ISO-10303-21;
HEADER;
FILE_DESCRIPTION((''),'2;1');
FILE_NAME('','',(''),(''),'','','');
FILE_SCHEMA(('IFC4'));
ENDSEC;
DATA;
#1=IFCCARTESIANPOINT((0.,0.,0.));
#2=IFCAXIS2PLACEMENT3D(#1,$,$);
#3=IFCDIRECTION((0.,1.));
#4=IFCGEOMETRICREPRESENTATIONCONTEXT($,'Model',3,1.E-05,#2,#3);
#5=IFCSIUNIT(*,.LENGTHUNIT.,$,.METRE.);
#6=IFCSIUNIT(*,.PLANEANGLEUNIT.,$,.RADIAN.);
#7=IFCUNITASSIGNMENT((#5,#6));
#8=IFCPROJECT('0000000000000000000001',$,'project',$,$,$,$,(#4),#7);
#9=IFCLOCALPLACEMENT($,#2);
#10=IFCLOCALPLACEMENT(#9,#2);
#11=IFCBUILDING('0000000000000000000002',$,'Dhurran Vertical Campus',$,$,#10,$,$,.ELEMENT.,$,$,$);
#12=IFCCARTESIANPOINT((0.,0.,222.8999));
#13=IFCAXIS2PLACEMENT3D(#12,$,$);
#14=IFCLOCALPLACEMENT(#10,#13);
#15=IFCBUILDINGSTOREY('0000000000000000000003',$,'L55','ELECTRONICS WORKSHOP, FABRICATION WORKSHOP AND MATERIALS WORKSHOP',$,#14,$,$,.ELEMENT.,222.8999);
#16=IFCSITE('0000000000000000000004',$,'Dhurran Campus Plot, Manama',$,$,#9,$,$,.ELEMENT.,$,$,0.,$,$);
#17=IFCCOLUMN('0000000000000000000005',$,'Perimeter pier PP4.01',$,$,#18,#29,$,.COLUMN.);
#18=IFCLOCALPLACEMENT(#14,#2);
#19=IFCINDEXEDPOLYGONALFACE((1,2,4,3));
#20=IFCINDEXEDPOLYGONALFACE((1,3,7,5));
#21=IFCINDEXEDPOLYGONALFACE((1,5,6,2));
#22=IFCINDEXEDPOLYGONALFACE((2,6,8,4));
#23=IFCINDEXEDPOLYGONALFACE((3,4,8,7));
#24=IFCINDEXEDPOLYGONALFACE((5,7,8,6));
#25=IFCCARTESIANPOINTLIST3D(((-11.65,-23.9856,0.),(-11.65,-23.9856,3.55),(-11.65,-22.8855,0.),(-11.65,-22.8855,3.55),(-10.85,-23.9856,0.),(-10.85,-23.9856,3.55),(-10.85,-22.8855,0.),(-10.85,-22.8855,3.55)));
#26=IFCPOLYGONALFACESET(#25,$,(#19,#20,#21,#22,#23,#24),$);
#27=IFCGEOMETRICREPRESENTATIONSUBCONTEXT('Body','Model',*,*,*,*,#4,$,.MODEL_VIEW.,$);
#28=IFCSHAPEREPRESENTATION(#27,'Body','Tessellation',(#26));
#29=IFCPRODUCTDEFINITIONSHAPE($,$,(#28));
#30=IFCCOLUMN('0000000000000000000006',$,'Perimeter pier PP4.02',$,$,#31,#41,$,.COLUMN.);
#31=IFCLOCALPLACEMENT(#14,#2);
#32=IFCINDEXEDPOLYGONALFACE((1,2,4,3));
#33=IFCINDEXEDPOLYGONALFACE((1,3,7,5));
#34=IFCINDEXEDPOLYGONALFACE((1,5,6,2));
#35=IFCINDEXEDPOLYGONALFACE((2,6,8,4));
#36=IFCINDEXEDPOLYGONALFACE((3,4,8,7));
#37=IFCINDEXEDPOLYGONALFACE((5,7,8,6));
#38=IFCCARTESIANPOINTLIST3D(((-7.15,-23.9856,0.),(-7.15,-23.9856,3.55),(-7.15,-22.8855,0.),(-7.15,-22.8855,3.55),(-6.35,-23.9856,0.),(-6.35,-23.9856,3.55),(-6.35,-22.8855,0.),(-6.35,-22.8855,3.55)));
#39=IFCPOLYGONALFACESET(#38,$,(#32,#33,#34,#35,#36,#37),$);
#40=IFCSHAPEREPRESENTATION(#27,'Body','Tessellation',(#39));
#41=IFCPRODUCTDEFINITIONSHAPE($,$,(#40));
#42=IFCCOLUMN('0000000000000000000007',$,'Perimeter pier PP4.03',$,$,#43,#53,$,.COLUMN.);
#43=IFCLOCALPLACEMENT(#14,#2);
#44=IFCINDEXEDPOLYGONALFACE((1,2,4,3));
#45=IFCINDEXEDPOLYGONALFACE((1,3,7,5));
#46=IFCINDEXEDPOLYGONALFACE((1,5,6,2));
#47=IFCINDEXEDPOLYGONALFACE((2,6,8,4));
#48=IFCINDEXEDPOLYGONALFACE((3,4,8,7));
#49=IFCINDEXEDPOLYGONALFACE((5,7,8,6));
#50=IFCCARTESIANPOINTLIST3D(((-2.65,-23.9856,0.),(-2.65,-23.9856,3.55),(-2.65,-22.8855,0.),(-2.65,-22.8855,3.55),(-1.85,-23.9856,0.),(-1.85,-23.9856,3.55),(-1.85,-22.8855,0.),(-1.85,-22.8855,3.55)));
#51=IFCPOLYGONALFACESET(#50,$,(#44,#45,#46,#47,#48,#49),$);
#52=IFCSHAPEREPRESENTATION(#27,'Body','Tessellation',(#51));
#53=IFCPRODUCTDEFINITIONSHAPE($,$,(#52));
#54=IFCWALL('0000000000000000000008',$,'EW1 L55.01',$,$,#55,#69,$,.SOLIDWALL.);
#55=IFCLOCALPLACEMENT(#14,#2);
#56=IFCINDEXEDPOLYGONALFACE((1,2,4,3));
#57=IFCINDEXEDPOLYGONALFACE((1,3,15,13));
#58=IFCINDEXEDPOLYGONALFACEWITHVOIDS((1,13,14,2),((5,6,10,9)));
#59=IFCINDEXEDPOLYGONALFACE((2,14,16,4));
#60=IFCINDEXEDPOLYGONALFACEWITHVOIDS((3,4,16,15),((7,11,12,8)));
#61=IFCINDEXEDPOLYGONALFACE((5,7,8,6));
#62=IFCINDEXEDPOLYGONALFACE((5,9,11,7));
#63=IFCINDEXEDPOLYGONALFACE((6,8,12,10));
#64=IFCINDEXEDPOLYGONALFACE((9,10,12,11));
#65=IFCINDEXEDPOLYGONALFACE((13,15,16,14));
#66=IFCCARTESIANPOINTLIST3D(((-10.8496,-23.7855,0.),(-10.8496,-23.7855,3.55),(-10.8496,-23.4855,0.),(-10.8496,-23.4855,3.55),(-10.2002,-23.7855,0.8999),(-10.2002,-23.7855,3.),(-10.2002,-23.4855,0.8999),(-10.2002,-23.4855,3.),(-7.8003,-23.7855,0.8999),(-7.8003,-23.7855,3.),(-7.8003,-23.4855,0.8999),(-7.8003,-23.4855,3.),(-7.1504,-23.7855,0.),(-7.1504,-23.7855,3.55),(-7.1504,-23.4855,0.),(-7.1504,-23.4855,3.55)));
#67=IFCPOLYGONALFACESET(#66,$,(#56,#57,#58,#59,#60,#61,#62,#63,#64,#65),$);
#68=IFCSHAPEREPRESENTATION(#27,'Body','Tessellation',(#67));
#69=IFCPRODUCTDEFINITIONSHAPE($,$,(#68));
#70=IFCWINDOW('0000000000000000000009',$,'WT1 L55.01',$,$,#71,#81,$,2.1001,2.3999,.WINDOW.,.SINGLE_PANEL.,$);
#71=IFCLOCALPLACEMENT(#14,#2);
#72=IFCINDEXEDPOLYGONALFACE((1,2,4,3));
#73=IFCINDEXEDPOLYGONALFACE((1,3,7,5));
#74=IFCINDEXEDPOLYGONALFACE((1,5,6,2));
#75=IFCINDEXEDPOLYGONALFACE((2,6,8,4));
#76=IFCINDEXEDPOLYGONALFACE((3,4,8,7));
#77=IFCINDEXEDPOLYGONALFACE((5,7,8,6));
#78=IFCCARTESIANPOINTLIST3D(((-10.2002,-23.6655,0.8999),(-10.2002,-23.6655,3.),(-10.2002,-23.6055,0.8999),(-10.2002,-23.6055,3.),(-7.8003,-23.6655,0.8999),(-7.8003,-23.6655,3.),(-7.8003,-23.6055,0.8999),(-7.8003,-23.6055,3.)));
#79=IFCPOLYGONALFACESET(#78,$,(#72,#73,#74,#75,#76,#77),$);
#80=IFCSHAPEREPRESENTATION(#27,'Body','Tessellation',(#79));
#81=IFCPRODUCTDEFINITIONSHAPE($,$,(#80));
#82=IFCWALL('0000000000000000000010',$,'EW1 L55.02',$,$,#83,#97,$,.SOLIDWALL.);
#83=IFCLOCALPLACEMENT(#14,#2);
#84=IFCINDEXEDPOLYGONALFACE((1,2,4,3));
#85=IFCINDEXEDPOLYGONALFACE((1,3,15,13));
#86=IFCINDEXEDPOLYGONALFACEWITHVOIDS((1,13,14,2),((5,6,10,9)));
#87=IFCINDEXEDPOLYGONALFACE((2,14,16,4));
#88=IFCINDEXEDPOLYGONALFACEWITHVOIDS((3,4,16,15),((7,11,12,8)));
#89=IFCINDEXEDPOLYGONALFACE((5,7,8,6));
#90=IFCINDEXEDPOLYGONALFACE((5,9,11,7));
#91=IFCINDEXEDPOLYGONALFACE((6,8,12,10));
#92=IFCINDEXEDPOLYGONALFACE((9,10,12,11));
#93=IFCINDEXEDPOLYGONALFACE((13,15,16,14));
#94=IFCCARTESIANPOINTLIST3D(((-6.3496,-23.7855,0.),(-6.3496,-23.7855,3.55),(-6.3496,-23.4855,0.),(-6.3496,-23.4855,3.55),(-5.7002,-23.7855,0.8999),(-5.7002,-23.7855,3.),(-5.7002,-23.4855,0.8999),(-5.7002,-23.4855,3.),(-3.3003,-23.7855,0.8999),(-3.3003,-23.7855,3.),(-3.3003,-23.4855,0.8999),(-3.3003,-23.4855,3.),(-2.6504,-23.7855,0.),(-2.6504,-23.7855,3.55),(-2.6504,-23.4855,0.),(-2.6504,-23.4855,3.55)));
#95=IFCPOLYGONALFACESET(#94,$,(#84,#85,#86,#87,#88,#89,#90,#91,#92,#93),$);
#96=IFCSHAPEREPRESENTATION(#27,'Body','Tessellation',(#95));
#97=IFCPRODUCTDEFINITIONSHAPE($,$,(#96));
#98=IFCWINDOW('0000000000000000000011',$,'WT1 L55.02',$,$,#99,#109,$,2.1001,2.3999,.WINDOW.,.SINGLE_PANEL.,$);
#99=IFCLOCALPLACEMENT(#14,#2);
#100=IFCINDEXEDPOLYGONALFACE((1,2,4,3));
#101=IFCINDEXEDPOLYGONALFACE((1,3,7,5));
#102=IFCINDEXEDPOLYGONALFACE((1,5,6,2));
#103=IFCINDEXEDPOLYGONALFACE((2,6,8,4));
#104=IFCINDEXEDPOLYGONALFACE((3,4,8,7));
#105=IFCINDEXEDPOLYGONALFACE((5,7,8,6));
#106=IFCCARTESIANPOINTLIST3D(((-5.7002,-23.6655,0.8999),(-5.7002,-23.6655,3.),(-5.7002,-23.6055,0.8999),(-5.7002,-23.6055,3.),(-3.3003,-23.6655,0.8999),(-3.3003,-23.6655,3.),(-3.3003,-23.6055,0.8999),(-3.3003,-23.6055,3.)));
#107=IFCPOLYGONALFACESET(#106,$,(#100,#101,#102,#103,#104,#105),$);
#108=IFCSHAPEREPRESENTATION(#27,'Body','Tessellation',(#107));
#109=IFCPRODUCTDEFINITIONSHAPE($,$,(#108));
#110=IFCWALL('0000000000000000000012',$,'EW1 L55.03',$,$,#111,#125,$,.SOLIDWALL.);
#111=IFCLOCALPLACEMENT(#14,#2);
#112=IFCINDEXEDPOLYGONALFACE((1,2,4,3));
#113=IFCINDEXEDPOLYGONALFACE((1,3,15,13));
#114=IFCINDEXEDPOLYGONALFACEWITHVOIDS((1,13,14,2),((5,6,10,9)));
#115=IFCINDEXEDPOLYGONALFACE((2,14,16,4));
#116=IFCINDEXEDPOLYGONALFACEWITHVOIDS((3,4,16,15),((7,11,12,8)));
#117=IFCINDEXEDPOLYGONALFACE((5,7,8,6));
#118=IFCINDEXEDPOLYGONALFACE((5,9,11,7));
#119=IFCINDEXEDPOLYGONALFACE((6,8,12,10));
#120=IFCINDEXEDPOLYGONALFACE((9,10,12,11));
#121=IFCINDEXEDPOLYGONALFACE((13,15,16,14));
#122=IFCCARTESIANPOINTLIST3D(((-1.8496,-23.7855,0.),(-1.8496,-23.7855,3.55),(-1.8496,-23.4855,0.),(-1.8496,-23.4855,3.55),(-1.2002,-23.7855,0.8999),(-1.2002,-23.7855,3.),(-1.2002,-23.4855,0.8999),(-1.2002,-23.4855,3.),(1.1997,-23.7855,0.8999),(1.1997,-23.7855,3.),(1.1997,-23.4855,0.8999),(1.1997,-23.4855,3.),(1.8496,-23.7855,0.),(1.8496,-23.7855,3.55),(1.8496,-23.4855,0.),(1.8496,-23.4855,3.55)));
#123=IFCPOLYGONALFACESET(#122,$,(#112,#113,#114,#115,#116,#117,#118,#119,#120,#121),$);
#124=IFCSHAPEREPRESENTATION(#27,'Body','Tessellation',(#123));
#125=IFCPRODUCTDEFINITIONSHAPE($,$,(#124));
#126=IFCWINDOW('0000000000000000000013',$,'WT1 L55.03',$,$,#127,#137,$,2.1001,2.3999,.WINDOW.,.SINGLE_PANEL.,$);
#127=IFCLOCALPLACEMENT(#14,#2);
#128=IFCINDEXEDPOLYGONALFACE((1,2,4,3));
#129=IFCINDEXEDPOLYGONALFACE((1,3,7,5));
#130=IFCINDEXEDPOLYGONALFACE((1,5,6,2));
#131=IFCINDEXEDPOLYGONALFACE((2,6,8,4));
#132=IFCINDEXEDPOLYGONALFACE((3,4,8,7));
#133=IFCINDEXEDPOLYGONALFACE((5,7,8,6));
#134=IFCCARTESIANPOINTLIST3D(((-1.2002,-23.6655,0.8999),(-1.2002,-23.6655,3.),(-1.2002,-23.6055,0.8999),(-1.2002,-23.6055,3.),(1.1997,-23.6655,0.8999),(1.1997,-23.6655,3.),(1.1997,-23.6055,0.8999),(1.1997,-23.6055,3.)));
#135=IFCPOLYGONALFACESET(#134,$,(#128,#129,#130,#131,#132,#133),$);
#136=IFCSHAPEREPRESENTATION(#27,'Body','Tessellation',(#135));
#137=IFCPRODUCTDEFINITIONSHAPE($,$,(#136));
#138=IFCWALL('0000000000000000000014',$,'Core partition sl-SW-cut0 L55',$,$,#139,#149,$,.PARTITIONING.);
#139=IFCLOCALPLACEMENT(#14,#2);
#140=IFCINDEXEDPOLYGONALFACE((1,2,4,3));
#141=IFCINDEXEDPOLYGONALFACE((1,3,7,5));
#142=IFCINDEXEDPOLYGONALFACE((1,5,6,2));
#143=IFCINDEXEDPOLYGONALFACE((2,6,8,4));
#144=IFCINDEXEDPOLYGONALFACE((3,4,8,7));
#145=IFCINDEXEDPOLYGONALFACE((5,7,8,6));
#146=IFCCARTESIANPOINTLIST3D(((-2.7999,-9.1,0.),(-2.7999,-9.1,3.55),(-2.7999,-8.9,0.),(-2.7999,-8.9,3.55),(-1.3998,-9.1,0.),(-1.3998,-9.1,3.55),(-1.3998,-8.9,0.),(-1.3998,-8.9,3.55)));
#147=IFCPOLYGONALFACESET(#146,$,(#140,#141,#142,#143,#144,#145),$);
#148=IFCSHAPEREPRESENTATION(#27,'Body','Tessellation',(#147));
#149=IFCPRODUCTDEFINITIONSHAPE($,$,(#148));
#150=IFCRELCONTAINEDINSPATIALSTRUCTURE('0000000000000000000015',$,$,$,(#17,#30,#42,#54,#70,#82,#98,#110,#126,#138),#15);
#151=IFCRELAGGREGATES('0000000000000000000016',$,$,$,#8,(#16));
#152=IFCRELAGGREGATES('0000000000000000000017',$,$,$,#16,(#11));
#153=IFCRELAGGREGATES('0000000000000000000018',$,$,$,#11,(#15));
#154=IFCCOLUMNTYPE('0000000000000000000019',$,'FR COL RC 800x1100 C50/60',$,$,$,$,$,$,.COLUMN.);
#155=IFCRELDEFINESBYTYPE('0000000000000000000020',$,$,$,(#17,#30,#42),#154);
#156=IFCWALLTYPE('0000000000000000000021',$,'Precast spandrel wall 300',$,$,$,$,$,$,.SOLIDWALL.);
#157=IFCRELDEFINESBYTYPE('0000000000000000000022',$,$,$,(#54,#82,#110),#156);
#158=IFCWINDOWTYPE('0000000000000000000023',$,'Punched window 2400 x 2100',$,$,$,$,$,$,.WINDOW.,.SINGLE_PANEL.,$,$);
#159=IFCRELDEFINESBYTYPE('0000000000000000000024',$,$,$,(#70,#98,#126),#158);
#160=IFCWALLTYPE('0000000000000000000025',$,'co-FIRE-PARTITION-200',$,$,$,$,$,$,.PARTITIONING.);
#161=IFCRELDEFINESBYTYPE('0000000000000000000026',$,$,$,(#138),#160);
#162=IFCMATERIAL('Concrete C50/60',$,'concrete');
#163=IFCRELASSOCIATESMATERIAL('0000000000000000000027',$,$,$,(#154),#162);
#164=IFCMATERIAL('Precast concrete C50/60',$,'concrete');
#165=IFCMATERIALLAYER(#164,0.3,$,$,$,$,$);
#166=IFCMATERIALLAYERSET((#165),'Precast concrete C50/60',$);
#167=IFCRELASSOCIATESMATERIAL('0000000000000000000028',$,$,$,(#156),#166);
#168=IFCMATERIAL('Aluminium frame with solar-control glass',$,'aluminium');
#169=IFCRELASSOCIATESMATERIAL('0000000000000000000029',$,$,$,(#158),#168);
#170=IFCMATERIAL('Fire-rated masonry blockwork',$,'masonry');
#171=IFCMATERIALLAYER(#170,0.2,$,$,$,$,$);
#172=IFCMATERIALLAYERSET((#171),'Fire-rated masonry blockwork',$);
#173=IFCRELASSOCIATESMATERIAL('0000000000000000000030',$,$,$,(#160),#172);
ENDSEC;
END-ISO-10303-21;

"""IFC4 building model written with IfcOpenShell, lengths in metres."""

from ifc_helpers import new_model, si_unit, direction, frame, frame_2d, origin, origin_2d, place, context, subcontext, project, spatial, rectangle, extrude, material, layer, layer_set, material_profile, profile_set, type_object, element, fill, save


model = new_model("IFC4")

# Units and contexts
model_context = context("Model", 3, precision=1e-05, world=origin(), true_north=direction((0.0, 1.0)))
body_context = subcontext(model_context, "Body", "Model", "MODEL_VIEW")
ifc_project = project(units=[si_unit("LENGTHUNIT", "METRE"), si_unit("PLANEANGLEUNIT", "RADIAN")], contexts=[model_context])

# Site, building, storey
site_placement = place(None, origin())
site = spatial("IfcSite", under=ifc_project, at=site_placement, Name="Dhurran Campus Plot, Manama", CompositionType="ELEMENT", RefElevation=0.0)
building_placement = place(site_placement, origin())
building = spatial("IfcBuilding", under=site, at=building_placement, Name="Dhurran Vertical Campus", CompositionType="ELEMENT")
storey_placement = place(building_placement, frame((0.0, 0.0, 222.8999)))
storey = spatial("IfcBuildingStorey", under=building, at=storey_placement, Name="L55", Description="ELECTRONICS WORKSHOP, FABRICATION WORKSHOP AND MATERIALS WORKSHOP", CompositionType="ELEMENT", Elevation=222.8999)

# Columns
ifc_material_1 = material(Name="Concrete C50/60", Category="concrete")
ifc_material_profile = material_profile(ifc_material_1, rectangle(XDim=0.8, YDim=1.1001, at=origin_2d()), Name="RC 800x1100")
ifc_profile_set = profile_set([ifc_material_profile], Name="Concrete C50/60")
column_type = type_object("IfcColumnType", Name="FR COL RC 800x1100 C50/60", PredefinedType="COLUMN", material=ifc_profile_set)
for number, where, z_axis, x_axis, name in (
    (1, (-11.25, -23.4355, 0.0), (0.0, 0.0, 1.0), (1.0, 0.0, 0.0), "Perimeter pier PP4.01"),
    (2, (-6.75, -23.4355, 0.0), (0.0, 0.0, 1.0), (1.0, 0.0, 0.0), "Perimeter pier PP4.02"),
    (3, (-2.25, -23.4355, 0.0), (0.0, 0.0, 1.0), (1.0, 0.0, 0.0), "Perimeter pier PP4.03"),
):
    element("IfcColumn", number, at=place(storey_placement, frame(where, z_axis=z_axis, x_axis=x_axis)), inside=storey, type_object=column_type, Name=name, PredefinedType="COLUMN", context=body_context, shape_type="SweptSolid", body=[
        extrude(rectangle(XDim=0.8, YDim=1.1001, at=origin_2d()), origin(), (0.0, 0.0, 1.0), 3.55),
    ])

# Walls, openings, windows
ifc_material_2 = material(Name="Precast concrete C50/60", Category="concrete")
ifc_layer_1 = layer(ifc_material_2, 0.3)
ifc_layer_set_1 = layer_set([ifc_layer_1], Name="Precast concrete C50/60")
wall_type_1 = type_object("IfcWallType", Name="Precast spandrel wall 300", PredefinedType="SOLIDWALL", material=ifc_layer_set_1)
wall_1_placement = place(storey_placement, frame((-10.8496, -23.6355, 0.0), z_axis=(0.0, 0.0, 1.0), x_axis=(1.0, 0.0, 0.0)))
wall_1 = element("IfcWall", 4, at=wall_1_placement, inside=storey, type_object=wall_type_1, Name="EW1 L55.01", PredefinedType="SOLIDWALL", context=body_context, shape_type="SweptSolid", body=[
    extrude(rectangle(XDim=3.6992, YDim=0.3, at=frame_2d((1.8496, 0.0))), origin(), (0.0, 0.0, 1.0), 3.55),
])
opening_1_placement = place(wall_1_placement, frame((0.6494, 0.0, 0.8999)))
opening_1 = element("IfcOpeningElement", 5, at=opening_1_placement, cuts=wall_1, PredefinedType="OPENING", context=body_context, shape_type="SweptSolid", body=[
    extrude(rectangle(XDim=2.3999, YDim=2.1001, at=frame_2d((1.2, 1.05))), frame((0.0, 0.1599, 0.0), z_axis=(0.0, -1.0, 0.0), x_axis=(1.0, 0.0, 0.0)), (0.0, 0.0, 1.0), 0.3201),
])
ifc_material_3 = material(Name="Aluminium frame with solar-control glass", Category="aluminium")
window_type = type_object("IfcWindowType", Name="Punched window 2400 x 2100", PartitioningType="SINGLE_PANEL", PredefinedType="WINDOW", material=ifc_material_3)
window_1_placement = place(opening_1_placement, origin())
window_1 = element("IfcWindow", 6, at=window_1_placement, inside=storey, type_object=window_type, Name="WT1 L55.01", OverallHeight=2.1001, OverallWidth=2.3999, PartitioningType="SINGLE_PANEL", PredefinedType="WINDOW", context=body_context, shape_type="SweptSolid", body=[
    extrude(rectangle(XDim=2.3999, YDim=2.1001, at=frame_2d((1.2, 1.05))), frame((0.0, 0.03, 0.0), z_axis=(0.0, -1.0, 0.0), x_axis=(1.0, 0.0, 0.0)), (0.0, 0.0, 1.0), 0.0601),
])
fill(opening_1, window_1)
wall_2_placement = place(storey_placement, frame((-6.3496, -23.6355, 0.0), z_axis=(0.0, 0.0, 1.0), x_axis=(1.0, 0.0, 0.0)))
wall_2 = element("IfcWall", 7, at=wall_2_placement, inside=storey, type_object=wall_type_1, Name="EW1 L55.02", PredefinedType="SOLIDWALL", context=body_context, shape_type="SweptSolid", body=[
    extrude(rectangle(XDim=3.6992, YDim=0.3, at=frame_2d((1.8496, 0.0))), origin(), (0.0, 0.0, 1.0), 3.55),
])
opening_2_placement = place(wall_2_placement, frame((0.6494, 0.0, 0.8999)))
opening_2 = element("IfcOpeningElement", 8, at=opening_2_placement, cuts=wall_2, PredefinedType="OPENING", context=body_context, shape_type="SweptSolid", body=[
    extrude(rectangle(XDim=2.3999, YDim=2.1001, at=frame_2d((1.2, 1.05))), frame((0.0, 0.1599, 0.0), z_axis=(0.0, -1.0, 0.0), x_axis=(1.0, 0.0, 0.0)), (0.0, 0.0, 1.0), 0.3201),
])
window_2_placement = place(opening_2_placement, origin())
window_2 = element("IfcWindow", 9, at=window_2_placement, inside=storey, type_object=window_type, Name="WT1 L55.02", OverallHeight=2.1001, OverallWidth=2.3999, PartitioningType="SINGLE_PANEL", PredefinedType="WINDOW", context=body_context, shape_type="SweptSolid", body=[
    extrude(rectangle(XDim=2.3999, YDim=2.1001, at=frame_2d((1.2, 1.05))), frame((0.0, 0.03, 0.0), z_axis=(0.0, -1.0, 0.0), x_axis=(1.0, 0.0, 0.0)), (0.0, 0.0, 1.0), 0.0601),
])
fill(opening_2, window_2)
wall_3_placement = place(storey_placement, frame((-1.8496, -23.6355, 0.0), z_axis=(0.0, 0.0, 1.0), x_axis=(1.0, 0.0, 0.0)))
wall_3 = element("IfcWall", 10, at=wall_3_placement, inside=storey, type_object=wall_type_1, Name="EW1 L55.03", PredefinedType="SOLIDWALL", context=body_context, shape_type="SweptSolid", body=[
    extrude(rectangle(XDim=3.6992, YDim=0.3, at=frame_2d((1.8496, 0.0))), origin(), (0.0, 0.0, 1.0), 3.55),
])
opening_3_placement = place(wall_3_placement, frame((0.6494, 0.0, 0.8999)))
opening_3 = element("IfcOpeningElement", 11, at=opening_3_placement, cuts=wall_3, PredefinedType="OPENING", context=body_context, shape_type="SweptSolid", body=[
    extrude(rectangle(XDim=2.3999, YDim=2.1001, at=frame_2d((1.2, 1.05))), frame((0.0, 0.1599, 0.0), z_axis=(0.0, -1.0, 0.0), x_axis=(1.0, 0.0, 0.0)), (0.0, 0.0, 1.0), 0.3201),
])
window_3_placement = place(opening_3_placement, origin())
window_3 = element("IfcWindow", 12, at=window_3_placement, inside=storey, type_object=window_type, Name="WT1 L55.03", OverallHeight=2.1001, OverallWidth=2.3999, PartitioningType="SINGLE_PANEL", PredefinedType="WINDOW", context=body_context, shape_type="SweptSolid", body=[
    extrude(rectangle(XDim=2.3999, YDim=2.1001, at=frame_2d((1.2, 1.05))), frame((0.0, 0.03, 0.0), z_axis=(0.0, -1.0, 0.0), x_axis=(1.0, 0.0, 0.0)), (0.0, 0.0, 1.0), 0.0601),
])
fill(opening_3, window_3)

# Wall
ifc_material_4 = material(Name="Fire-rated masonry blockwork", Category="masonry")
ifc_layer_2 = layer(ifc_material_4, 0.2)
ifc_layer_set_2 = layer_set([ifc_layer_2], Name="Fire-rated masonry blockwork")
wall_type_2 = type_object("IfcWallType", Name="co-FIRE-PARTITION-200", PredefinedType="PARTITIONING", material=ifc_layer_set_2)
wall_4_placement = place(storey_placement, frame((-2.8, -9.0, 0.0), z_axis=(0.0, 0.0, 1.0), x_axis=(1.0, 0.0, 0.0)))
element("IfcWall", 13, at=wall_4_placement, inside=storey, type_object=wall_type_2, Name="Core partition sl-SW-cut0 L55", PredefinedType="PARTITIONING", context=body_context, shape_type="SweptSolid", body=[
    extrude(rectangle(XDim=1.4001, YDim=0.2, at=frame_2d((0.7002, 0.0))), origin(), (0.0, 0.0, 1.0), 3.55),
])

save(model, "model.ifc")
